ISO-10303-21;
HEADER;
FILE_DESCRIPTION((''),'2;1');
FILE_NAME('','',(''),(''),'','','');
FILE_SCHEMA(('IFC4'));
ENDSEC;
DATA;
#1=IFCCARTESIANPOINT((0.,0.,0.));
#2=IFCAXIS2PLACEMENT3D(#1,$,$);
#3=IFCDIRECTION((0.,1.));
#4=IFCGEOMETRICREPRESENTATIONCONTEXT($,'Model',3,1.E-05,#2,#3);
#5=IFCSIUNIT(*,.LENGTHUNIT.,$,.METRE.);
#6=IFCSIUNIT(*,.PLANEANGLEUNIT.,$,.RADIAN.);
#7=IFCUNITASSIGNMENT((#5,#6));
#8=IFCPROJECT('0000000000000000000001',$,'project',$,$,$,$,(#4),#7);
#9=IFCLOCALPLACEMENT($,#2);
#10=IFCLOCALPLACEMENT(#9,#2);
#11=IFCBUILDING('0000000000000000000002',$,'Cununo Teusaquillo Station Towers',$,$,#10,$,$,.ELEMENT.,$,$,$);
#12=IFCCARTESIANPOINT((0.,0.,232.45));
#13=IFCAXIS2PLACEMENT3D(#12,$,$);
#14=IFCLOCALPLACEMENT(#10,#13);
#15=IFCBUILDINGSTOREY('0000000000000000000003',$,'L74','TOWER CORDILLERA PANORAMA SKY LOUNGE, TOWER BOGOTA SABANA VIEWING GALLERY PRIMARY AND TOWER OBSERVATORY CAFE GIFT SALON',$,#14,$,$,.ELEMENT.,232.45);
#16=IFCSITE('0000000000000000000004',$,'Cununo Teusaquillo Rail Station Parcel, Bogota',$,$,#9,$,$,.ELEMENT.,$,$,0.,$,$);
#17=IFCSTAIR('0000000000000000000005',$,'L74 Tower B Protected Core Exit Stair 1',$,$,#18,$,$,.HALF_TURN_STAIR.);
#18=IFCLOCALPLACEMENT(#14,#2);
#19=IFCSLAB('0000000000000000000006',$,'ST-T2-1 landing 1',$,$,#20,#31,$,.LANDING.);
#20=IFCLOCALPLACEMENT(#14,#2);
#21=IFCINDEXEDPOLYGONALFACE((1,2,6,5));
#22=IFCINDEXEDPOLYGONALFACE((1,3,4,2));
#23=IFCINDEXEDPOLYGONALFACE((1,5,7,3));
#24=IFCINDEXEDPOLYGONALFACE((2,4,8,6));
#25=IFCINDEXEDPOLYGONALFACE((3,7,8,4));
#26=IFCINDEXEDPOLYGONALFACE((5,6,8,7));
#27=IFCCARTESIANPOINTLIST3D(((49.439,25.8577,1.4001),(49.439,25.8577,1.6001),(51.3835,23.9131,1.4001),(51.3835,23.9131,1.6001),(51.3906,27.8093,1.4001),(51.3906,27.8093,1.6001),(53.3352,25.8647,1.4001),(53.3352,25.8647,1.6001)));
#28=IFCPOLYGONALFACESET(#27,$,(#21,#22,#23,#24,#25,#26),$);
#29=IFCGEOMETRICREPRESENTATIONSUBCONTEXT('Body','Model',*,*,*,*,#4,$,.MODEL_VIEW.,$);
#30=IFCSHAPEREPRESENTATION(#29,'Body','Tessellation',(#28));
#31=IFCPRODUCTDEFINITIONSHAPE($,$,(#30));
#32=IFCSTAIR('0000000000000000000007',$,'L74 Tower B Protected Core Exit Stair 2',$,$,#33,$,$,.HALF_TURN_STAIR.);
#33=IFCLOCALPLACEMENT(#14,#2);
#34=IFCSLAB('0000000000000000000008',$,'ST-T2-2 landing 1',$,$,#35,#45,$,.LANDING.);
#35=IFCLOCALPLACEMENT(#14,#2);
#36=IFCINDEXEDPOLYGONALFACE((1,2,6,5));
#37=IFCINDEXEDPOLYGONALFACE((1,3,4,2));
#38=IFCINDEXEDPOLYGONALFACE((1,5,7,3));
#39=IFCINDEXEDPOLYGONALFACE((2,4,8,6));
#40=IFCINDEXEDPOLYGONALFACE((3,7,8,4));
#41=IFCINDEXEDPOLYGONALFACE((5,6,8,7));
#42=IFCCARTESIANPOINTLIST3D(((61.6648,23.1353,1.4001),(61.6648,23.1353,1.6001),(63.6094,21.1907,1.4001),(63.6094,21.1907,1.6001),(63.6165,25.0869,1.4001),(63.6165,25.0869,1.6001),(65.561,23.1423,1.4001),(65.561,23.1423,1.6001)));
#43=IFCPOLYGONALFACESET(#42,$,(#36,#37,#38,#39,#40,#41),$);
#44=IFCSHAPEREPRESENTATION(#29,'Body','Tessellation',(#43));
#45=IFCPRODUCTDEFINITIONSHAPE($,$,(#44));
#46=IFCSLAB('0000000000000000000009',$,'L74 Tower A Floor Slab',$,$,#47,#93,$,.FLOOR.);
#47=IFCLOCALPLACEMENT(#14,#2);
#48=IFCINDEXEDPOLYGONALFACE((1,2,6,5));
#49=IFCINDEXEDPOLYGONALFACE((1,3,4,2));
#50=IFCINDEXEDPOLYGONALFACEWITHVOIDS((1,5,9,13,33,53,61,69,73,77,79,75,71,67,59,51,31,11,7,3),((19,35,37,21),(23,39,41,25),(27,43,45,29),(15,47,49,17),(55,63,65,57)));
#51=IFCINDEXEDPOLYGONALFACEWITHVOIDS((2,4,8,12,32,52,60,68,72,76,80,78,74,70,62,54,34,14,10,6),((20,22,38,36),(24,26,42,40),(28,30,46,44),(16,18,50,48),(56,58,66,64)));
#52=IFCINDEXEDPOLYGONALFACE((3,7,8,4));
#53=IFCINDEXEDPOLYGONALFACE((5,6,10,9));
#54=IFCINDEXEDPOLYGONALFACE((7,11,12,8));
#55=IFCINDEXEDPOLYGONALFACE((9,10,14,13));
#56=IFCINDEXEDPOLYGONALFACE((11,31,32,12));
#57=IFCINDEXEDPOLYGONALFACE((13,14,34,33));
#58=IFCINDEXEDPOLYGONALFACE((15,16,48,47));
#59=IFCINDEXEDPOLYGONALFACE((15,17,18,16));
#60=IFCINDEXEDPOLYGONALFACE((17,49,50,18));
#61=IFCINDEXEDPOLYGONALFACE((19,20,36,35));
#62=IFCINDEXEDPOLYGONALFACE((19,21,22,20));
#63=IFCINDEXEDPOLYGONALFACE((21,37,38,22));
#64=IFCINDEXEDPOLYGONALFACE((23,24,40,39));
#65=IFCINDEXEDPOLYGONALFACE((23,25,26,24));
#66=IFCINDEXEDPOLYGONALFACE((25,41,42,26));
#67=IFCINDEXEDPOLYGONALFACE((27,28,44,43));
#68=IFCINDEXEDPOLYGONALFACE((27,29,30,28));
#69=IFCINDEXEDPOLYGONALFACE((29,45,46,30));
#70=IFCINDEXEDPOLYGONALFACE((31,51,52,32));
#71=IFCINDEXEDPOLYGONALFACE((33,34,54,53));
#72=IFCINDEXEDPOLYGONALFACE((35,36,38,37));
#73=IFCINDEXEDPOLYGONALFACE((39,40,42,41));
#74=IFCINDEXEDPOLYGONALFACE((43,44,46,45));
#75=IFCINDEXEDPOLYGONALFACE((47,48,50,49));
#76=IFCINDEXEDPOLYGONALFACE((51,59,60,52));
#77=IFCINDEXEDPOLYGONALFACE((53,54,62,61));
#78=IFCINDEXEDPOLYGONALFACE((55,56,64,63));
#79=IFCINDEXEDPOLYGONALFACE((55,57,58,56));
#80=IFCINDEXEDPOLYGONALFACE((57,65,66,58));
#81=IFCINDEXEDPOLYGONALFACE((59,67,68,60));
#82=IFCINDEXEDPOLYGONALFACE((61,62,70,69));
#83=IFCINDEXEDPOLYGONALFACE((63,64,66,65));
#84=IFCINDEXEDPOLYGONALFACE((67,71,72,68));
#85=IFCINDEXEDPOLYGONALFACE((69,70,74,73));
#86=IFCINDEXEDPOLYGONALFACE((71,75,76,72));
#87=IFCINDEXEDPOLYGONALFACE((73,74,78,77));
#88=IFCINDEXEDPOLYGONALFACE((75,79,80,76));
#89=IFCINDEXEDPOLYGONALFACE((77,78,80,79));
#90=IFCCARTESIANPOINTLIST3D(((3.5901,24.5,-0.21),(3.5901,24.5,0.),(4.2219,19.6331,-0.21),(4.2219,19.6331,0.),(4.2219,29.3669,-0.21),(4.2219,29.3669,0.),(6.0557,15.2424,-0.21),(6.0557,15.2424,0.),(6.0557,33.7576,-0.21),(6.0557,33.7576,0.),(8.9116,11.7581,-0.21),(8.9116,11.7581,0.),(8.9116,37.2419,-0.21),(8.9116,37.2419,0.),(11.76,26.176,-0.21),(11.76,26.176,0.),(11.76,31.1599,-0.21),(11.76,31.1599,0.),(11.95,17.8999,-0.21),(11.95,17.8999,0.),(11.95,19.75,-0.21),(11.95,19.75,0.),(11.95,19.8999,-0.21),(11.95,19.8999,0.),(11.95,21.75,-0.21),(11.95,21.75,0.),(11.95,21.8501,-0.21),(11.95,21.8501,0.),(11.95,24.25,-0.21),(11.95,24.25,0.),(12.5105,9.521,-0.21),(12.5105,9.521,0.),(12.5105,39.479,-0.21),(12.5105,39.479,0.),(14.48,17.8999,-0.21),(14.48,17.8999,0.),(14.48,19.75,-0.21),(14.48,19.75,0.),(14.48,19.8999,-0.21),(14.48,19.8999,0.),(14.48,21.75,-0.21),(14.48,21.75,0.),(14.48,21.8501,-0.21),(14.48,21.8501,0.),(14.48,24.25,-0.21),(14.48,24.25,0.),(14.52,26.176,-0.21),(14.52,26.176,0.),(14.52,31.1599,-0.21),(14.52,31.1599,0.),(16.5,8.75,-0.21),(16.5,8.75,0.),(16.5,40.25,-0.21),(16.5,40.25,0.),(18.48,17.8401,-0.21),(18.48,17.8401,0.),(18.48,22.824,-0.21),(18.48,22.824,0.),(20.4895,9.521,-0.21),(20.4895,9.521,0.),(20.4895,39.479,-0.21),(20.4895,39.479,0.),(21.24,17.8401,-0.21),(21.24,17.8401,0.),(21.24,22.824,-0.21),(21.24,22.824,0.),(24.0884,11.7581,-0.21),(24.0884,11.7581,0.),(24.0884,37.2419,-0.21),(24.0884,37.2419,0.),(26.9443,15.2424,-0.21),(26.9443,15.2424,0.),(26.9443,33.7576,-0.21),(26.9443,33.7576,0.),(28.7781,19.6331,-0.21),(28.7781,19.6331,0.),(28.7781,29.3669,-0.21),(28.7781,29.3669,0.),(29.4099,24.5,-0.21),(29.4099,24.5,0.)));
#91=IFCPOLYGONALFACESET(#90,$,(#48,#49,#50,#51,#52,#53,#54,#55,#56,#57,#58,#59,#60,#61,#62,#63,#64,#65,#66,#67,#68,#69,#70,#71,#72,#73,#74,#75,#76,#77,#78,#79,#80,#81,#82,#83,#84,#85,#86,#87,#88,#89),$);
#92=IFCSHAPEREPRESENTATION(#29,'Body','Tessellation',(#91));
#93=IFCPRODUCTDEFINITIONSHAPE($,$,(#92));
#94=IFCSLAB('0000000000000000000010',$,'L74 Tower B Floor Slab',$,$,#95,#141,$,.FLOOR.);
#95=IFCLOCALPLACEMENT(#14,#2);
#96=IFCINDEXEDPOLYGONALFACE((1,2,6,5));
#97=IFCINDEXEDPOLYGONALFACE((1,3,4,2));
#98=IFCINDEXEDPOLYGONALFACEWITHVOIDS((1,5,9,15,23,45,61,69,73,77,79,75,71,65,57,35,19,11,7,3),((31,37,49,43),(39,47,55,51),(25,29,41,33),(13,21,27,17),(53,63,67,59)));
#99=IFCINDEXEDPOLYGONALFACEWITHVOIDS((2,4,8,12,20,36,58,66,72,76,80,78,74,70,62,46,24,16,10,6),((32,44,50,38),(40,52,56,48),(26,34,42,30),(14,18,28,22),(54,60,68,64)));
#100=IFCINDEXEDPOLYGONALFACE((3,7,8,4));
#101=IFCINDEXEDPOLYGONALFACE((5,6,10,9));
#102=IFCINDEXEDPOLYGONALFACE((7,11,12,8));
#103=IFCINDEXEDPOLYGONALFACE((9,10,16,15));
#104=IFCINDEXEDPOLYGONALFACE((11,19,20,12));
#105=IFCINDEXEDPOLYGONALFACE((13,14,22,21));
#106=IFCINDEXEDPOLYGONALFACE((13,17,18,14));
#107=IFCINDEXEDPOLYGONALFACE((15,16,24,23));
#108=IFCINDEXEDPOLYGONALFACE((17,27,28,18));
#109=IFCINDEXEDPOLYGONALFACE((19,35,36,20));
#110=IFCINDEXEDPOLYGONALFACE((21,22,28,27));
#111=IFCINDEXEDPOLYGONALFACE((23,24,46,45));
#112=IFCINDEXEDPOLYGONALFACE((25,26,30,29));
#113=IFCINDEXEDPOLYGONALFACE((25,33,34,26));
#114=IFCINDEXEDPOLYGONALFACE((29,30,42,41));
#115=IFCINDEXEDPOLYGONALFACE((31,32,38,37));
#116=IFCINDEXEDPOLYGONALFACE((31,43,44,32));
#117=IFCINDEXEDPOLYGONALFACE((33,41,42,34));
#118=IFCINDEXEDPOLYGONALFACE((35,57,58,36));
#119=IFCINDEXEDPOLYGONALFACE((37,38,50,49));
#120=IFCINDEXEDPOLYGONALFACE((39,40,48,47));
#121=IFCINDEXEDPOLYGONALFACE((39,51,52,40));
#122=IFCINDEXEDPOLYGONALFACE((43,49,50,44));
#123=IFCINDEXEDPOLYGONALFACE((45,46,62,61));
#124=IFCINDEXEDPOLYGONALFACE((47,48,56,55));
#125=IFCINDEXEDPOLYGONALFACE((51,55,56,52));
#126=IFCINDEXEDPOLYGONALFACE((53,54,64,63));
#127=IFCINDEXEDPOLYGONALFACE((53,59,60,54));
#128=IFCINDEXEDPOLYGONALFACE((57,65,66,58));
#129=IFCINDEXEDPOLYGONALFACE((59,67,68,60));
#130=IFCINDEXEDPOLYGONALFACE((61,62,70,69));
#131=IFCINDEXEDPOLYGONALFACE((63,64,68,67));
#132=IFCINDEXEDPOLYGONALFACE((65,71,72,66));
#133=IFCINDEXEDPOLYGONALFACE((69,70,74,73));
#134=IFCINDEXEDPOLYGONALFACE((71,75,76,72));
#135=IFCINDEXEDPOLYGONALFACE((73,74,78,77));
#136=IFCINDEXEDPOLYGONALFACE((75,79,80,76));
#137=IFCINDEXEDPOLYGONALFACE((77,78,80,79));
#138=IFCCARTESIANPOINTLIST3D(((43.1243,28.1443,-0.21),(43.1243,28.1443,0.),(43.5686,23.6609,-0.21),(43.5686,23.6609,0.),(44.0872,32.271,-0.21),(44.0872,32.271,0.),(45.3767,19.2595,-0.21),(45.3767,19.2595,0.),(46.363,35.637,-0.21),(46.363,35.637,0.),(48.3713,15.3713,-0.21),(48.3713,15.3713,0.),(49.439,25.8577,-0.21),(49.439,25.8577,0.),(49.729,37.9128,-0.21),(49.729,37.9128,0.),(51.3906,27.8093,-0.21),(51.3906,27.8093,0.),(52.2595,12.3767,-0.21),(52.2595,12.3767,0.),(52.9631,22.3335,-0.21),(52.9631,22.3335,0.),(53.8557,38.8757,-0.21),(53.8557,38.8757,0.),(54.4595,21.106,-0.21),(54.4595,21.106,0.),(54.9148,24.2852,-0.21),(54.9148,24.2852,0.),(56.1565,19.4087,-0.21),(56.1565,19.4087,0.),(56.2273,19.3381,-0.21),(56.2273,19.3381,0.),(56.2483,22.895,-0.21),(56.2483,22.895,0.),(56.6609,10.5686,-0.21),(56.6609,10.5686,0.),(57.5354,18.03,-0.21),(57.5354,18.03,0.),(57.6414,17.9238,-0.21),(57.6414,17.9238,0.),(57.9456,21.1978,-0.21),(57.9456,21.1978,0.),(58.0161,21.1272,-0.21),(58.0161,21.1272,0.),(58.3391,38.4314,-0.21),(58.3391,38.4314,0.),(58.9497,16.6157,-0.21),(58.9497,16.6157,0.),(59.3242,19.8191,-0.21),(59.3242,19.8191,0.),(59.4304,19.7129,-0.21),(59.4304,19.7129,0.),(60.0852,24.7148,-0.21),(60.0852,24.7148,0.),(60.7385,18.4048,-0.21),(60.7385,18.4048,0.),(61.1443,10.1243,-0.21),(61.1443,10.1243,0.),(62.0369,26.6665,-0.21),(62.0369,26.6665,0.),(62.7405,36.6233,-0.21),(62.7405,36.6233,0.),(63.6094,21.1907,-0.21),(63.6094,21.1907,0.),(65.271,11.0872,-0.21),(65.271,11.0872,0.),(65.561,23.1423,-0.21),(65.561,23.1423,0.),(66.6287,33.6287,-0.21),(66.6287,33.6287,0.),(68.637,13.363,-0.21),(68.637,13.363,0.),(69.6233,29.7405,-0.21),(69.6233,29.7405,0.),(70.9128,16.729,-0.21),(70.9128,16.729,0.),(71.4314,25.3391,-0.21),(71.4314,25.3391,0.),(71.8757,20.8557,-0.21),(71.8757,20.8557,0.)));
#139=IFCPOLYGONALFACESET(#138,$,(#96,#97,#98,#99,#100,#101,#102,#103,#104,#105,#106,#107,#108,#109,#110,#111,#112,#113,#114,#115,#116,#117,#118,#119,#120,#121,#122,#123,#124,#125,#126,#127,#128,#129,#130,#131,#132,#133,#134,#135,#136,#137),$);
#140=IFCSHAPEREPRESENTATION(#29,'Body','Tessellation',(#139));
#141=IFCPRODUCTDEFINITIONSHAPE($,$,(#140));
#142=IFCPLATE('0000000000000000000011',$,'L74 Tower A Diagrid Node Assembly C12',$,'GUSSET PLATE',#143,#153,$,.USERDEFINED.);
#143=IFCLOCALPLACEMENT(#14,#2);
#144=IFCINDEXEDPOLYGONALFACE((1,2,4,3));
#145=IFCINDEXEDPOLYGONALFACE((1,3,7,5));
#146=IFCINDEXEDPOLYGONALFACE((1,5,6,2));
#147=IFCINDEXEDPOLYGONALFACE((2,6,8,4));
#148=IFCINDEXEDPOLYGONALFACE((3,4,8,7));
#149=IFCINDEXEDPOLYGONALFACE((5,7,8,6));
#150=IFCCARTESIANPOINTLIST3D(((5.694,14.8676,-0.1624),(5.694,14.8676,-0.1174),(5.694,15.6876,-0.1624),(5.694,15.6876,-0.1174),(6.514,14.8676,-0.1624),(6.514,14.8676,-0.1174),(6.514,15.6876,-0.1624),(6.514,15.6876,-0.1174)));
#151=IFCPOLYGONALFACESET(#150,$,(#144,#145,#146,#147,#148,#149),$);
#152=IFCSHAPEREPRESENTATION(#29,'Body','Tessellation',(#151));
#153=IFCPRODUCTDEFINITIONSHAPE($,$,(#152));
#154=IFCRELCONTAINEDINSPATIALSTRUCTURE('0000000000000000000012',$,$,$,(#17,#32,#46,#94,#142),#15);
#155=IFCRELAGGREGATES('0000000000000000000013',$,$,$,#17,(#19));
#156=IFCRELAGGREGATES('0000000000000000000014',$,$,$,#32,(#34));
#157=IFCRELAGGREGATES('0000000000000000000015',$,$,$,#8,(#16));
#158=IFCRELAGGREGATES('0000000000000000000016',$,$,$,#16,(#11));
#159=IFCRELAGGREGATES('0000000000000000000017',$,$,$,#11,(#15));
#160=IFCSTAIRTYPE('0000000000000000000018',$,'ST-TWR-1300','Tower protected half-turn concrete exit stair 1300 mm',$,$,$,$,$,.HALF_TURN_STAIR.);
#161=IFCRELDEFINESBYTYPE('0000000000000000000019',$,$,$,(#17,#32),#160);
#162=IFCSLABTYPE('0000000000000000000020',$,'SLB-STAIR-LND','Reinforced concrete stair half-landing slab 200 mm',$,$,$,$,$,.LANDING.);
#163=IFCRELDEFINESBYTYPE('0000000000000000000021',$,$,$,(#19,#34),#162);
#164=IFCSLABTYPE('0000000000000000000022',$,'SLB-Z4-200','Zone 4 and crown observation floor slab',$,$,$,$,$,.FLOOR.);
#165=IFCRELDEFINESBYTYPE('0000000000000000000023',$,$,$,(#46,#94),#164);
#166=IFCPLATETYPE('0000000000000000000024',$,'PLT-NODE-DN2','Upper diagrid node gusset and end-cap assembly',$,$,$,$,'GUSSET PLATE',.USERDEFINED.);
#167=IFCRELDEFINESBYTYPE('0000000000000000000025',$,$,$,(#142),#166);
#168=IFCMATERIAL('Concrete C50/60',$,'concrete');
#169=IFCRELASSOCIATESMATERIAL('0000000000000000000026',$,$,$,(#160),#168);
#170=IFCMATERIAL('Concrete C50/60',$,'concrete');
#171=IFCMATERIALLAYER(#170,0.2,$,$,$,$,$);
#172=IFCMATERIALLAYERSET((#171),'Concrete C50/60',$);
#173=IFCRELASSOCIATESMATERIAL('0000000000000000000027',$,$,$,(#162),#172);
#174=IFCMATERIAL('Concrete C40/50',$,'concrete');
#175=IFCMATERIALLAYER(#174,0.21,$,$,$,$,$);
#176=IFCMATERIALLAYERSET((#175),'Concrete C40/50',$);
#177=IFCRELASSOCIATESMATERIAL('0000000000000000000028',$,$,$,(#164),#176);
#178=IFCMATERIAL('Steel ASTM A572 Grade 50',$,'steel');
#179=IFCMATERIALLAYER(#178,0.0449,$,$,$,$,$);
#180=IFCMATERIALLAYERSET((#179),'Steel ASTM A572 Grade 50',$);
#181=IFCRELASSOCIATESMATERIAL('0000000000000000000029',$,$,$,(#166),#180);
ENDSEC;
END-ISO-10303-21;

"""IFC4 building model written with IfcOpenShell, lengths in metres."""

from ifc_helpers import new_model, si_unit, direction, frame, origin, origin_2d, place, context, subcontext, project, spatial, polyline, rectangle, outline, extrude, source, transform, mapped, material, layer, layer_set, type_object, element, aggregate, save


model = new_model("IFC4")

# Units and contexts
model_context = context("Model", 3, precision=1e-05, world=origin(), true_north=direction((0.0, 1.0)))
body_context = subcontext(model_context, "Body", "Model", "MODEL_VIEW")
ifc_project = project(units=[si_unit("LENGTHUNIT", "METRE"), si_unit("PLANEANGLEUNIT", "RADIAN")], contexts=[model_context])

# Site, building, storey
site_placement = place(None, origin())
site = spatial("IfcSite", under=ifc_project, at=site_placement, Name="Cununo Teusaquillo Rail Station Parcel, Bogota", CompositionType="ELEMENT", RefElevation=0.0)
building_placement = place(site_placement, origin())
building = spatial("IfcBuilding", under=site, at=building_placement, Name="Cununo Teusaquillo Station Towers", CompositionType="ELEMENT")
storey_placement = place(building_placement, frame((0.0, 0.0, 232.45)))
storey = spatial("IfcBuildingStorey", under=building, at=storey_placement, Name="L74", Description="TOWER CORDILLERA PANORAMA SKY LOUNGE, TOWER BOGOTA SABANA VIEWING GALLERY PRIMARY AND TOWER OBSERVATORY CAFE GIFT SALON", CompositionType="ELEMENT", Elevation=232.45)

# Stairs, slabs
ifc_material_1 = material(Name="Concrete C50/60", Category="concrete")
stair_type = type_object("IfcStairType", Name="ST-TWR-1300", Description="Tower protected half-turn concrete exit stair 1300 mm", PredefinedType="HALF_TURN_STAIR", material=ifc_material_1)
ifc_material_2 = material(Name="Concrete C50/60", Category="concrete")
ifc_layer_1 = layer(ifc_material_2, 0.2)
ifc_layer_set_1 = layer_set([ifc_layer_1], Name="Concrete C50/60")
slab_type_1 = type_object("IfcSlabType", Name="SLB-STAIR-LND", Description="Reinforced concrete stair half-landing slab 200 mm", PredefinedType="LANDING", material=ifc_layer_set_1)
stair_1_placement = place(storey_placement, origin())
stair_1 = element("IfcStair", 1, at=stair_1_placement, inside=storey, type_object=stair_type, Name="L74 Tower B Protected Core Exit Stair 1", PredefinedType="HALF_TURN_STAIR")
slab_1_placement = place(storey_placement, frame((0.0, 0.0, 1.4001)))
slab_1 = element("IfcSlab", 2, at=slab_1_placement, type_object=slab_type_1, Name="ST-T2-1 landing 1", PredefinedType="LANDING", context=body_context, shape_type="SweptSolid", body=[
    extrude(outline(polyline([(53.3352, 25.8647), (51.3906, 27.8093), (49.439, 25.8577), (51.3835, 23.9131), (53.3352, 25.8647)])), origin(), (0.0, 0.0, 1.0), 0.2),
])
aggregate(stair_1, [slab_1])
stair_2_placement = place(storey_placement, origin())
stair_2 = element("IfcStair", 3, at=stair_2_placement, inside=storey, type_object=stair_type, Name="L74 Tower B Protected Core Exit Stair 2", PredefinedType="HALF_TURN_STAIR")
slab_2_placement = place(storey_placement, frame((0.0, 0.0, 1.4001)))
slab_2 = element("IfcSlab", 4, at=slab_2_placement, type_object=slab_type_1, Name="ST-T2-2 landing 1", PredefinedType="LANDING", context=body_context, shape_type="SweptSolid", body=[
    extrude(outline(polyline([(61.6648, 23.1353), (63.6094, 21.1907), (65.561, 23.1423), (63.6165, 25.0869), (61.6648, 23.1353)])), origin(), (0.0, 0.0, 1.0), 0.2),
])
aggregate(stair_2, [slab_2])

# Slabs
ifc_material_3 = material(Name="Concrete C40/50", Category="concrete")
ifc_layer_2 = layer(ifc_material_3, 0.21)
ifc_layer_set_2 = layer_set([ifc_layer_2], Name="Concrete C40/50")
slab_type_2 = type_object("IfcSlabType", Name="SLB-Z4-200", Description="Zone 4 and crown observation floor slab", PredefinedType="FLOOR", material=ifc_layer_set_2)
slab_3_placement = place(storey_placement, frame((0.0, 0.0, -0.21)))
element("IfcSlab", 5, at=slab_3_placement, inside=storey, type_object=slab_type_2, Name="L74 Tower A Floor Slab", PredefinedType="FLOOR", context=body_context, shape_type="SweptSolid", body=[
    extrude(outline(polyline([(29.4099, 24.5), (28.7781, 29.3669), (26.9443, 33.7576), (24.0884, 37.2419), (20.4895, 39.479), (16.5, 40.25), (12.5105, 39.479), (8.9116, 37.2419), (6.0557, 33.7576), (4.2219, 29.3669), (3.5901, 24.5), (4.2219, 19.6331), (6.0557, 15.2424), (8.9116, 11.7581), (12.5105, 9.521), (16.5, 8.75), (20.4895, 9.521), (24.0884, 11.7581), (26.9443, 15.2424), (28.7781, 19.6331), (29.4099, 24.5)]), holes=[polyline([(14.52, 26.176), (14.52, 31.1599), (11.76, 31.1599), (11.76, 26.176), (14.52, 26.176)]), polyline([(18.48, 22.824), (18.48, 17.8401), (21.24, 17.8401), (21.24, 22.824), (18.48, 22.824)]), polyline([(11.95, 21.8501), (14.48, 21.8501), (14.48, 24.25), (11.95, 24.25), (11.95, 21.8501)]), polyline([(11.95, 17.8999), (14.48, 17.8999), (14.48, 19.75), (11.95, 19.75), (11.95, 17.8999)]), polyline([(11.95, 19.8999), (14.48, 19.8999), (14.48, 21.75), (11.95, 21.75), (11.95, 19.8999)])]), origin(), (0.0, 0.0, 1.0), 0.21),
])
slab_4_placement = place(storey_placement, frame((0.0, 0.0, -0.21)))
element("IfcSlab", 6, at=slab_4_placement, inside=storey, type_object=slab_type_2, Name="L74 Tower B Floor Slab", PredefinedType="FLOOR", context=body_context, shape_type="SweptSolid", body=[
    extrude(outline(polyline([(66.6287, 33.6287), (62.7405, 36.6233), (58.3391, 38.4314), (53.8557, 38.8757), (49.729, 37.9128), (46.363, 35.637), (44.0872, 32.271), (43.1243, 28.1443), (43.5686, 23.6609), (45.3767, 19.2595), (48.3713, 15.3713), (52.2595, 12.3767), (56.6609, 10.5686), (61.1443, 10.1243), (65.271, 11.0872), (68.637, 13.363), (70.9128, 16.729), (71.8757, 20.8557), (71.4314, 25.3391), (69.6233, 29.7405), (66.6287, 33.6287)]), holes=[polyline([(54.9148, 24.2852), (51.3906, 27.8093), (49.439, 25.8577), (52.9631, 22.3335), (54.9148, 24.2852)]), polyline([(60.0852, 24.7148), (63.6094, 21.1907), (65.561, 23.1423), (62.0369, 26.6665), (60.0852, 24.7148)]), polyline([(56.1565, 19.4087), (57.9456, 21.1978), (56.2483, 22.895), (54.4595, 21.106), (56.1565, 19.4087)]), polyline([(58.9497, 16.6157), (60.7385, 18.4048), (59.4304, 19.7129), (57.6414, 17.9238), (58.9497, 16.6157)]), polyline([(57.5354, 18.03), (59.3242, 19.8191), (58.0161, 21.1272), (56.2273, 19.3381), (57.5354, 18.03)])]), origin(), (0.0, 0.0, 1.0), 0.21),
])

# Plate
ifc_material_4 = material(Name="Steel ASTM A572 Grade 50", Category="steel")
ifc_layer_3 = layer(ifc_material_4, 0.0449)
ifc_layer_set_3 = layer_set([ifc_layer_3], Name="Steel ASTM A572 Grade 50")
plate_type = type_object("IfcPlateType", Name="PLT-NODE-DN2", Description="Upper diagrid node gusset and end-cap assembly", ElementType="GUSSET PLATE", PredefinedType="USERDEFINED", material=ifc_layer_set_3)
shared_shape_1 = source(origin(), body_context, "Body", "SweptSolid", [
    extrude(rectangle(XDim=0.8201, YDim=0.8201, at=origin_2d()), origin(), (0.0, 0.0, 1.0), 0.0449),
])
plate_placement = place(storey_placement, frame((6.104, 15.2776, -0.1624), z_axis=(0.0, 0.0, 1.0), x_axis=(1.0, 0.0, 0.0)))
element("IfcPlate", 7, at=plate_placement, inside=storey, type_object=plate_type, Name="L74 Tower A Diagrid Node Assembly C12", ObjectType="GUSSET PLATE", PredefinedType="USERDEFINED", context=body_context, shape_type="MappedRepresentation", body=[
    mapped(shared_shape_1, transform((0.0, 0.0, 0.0), x_axis=(1.0, 0.0, 0.0), y_axis=(0.0, 1.0, 0.0), z_axis=(0.0, 0.0, 1.0), scale=1.0)),
])

save(model, "model.ifc")
